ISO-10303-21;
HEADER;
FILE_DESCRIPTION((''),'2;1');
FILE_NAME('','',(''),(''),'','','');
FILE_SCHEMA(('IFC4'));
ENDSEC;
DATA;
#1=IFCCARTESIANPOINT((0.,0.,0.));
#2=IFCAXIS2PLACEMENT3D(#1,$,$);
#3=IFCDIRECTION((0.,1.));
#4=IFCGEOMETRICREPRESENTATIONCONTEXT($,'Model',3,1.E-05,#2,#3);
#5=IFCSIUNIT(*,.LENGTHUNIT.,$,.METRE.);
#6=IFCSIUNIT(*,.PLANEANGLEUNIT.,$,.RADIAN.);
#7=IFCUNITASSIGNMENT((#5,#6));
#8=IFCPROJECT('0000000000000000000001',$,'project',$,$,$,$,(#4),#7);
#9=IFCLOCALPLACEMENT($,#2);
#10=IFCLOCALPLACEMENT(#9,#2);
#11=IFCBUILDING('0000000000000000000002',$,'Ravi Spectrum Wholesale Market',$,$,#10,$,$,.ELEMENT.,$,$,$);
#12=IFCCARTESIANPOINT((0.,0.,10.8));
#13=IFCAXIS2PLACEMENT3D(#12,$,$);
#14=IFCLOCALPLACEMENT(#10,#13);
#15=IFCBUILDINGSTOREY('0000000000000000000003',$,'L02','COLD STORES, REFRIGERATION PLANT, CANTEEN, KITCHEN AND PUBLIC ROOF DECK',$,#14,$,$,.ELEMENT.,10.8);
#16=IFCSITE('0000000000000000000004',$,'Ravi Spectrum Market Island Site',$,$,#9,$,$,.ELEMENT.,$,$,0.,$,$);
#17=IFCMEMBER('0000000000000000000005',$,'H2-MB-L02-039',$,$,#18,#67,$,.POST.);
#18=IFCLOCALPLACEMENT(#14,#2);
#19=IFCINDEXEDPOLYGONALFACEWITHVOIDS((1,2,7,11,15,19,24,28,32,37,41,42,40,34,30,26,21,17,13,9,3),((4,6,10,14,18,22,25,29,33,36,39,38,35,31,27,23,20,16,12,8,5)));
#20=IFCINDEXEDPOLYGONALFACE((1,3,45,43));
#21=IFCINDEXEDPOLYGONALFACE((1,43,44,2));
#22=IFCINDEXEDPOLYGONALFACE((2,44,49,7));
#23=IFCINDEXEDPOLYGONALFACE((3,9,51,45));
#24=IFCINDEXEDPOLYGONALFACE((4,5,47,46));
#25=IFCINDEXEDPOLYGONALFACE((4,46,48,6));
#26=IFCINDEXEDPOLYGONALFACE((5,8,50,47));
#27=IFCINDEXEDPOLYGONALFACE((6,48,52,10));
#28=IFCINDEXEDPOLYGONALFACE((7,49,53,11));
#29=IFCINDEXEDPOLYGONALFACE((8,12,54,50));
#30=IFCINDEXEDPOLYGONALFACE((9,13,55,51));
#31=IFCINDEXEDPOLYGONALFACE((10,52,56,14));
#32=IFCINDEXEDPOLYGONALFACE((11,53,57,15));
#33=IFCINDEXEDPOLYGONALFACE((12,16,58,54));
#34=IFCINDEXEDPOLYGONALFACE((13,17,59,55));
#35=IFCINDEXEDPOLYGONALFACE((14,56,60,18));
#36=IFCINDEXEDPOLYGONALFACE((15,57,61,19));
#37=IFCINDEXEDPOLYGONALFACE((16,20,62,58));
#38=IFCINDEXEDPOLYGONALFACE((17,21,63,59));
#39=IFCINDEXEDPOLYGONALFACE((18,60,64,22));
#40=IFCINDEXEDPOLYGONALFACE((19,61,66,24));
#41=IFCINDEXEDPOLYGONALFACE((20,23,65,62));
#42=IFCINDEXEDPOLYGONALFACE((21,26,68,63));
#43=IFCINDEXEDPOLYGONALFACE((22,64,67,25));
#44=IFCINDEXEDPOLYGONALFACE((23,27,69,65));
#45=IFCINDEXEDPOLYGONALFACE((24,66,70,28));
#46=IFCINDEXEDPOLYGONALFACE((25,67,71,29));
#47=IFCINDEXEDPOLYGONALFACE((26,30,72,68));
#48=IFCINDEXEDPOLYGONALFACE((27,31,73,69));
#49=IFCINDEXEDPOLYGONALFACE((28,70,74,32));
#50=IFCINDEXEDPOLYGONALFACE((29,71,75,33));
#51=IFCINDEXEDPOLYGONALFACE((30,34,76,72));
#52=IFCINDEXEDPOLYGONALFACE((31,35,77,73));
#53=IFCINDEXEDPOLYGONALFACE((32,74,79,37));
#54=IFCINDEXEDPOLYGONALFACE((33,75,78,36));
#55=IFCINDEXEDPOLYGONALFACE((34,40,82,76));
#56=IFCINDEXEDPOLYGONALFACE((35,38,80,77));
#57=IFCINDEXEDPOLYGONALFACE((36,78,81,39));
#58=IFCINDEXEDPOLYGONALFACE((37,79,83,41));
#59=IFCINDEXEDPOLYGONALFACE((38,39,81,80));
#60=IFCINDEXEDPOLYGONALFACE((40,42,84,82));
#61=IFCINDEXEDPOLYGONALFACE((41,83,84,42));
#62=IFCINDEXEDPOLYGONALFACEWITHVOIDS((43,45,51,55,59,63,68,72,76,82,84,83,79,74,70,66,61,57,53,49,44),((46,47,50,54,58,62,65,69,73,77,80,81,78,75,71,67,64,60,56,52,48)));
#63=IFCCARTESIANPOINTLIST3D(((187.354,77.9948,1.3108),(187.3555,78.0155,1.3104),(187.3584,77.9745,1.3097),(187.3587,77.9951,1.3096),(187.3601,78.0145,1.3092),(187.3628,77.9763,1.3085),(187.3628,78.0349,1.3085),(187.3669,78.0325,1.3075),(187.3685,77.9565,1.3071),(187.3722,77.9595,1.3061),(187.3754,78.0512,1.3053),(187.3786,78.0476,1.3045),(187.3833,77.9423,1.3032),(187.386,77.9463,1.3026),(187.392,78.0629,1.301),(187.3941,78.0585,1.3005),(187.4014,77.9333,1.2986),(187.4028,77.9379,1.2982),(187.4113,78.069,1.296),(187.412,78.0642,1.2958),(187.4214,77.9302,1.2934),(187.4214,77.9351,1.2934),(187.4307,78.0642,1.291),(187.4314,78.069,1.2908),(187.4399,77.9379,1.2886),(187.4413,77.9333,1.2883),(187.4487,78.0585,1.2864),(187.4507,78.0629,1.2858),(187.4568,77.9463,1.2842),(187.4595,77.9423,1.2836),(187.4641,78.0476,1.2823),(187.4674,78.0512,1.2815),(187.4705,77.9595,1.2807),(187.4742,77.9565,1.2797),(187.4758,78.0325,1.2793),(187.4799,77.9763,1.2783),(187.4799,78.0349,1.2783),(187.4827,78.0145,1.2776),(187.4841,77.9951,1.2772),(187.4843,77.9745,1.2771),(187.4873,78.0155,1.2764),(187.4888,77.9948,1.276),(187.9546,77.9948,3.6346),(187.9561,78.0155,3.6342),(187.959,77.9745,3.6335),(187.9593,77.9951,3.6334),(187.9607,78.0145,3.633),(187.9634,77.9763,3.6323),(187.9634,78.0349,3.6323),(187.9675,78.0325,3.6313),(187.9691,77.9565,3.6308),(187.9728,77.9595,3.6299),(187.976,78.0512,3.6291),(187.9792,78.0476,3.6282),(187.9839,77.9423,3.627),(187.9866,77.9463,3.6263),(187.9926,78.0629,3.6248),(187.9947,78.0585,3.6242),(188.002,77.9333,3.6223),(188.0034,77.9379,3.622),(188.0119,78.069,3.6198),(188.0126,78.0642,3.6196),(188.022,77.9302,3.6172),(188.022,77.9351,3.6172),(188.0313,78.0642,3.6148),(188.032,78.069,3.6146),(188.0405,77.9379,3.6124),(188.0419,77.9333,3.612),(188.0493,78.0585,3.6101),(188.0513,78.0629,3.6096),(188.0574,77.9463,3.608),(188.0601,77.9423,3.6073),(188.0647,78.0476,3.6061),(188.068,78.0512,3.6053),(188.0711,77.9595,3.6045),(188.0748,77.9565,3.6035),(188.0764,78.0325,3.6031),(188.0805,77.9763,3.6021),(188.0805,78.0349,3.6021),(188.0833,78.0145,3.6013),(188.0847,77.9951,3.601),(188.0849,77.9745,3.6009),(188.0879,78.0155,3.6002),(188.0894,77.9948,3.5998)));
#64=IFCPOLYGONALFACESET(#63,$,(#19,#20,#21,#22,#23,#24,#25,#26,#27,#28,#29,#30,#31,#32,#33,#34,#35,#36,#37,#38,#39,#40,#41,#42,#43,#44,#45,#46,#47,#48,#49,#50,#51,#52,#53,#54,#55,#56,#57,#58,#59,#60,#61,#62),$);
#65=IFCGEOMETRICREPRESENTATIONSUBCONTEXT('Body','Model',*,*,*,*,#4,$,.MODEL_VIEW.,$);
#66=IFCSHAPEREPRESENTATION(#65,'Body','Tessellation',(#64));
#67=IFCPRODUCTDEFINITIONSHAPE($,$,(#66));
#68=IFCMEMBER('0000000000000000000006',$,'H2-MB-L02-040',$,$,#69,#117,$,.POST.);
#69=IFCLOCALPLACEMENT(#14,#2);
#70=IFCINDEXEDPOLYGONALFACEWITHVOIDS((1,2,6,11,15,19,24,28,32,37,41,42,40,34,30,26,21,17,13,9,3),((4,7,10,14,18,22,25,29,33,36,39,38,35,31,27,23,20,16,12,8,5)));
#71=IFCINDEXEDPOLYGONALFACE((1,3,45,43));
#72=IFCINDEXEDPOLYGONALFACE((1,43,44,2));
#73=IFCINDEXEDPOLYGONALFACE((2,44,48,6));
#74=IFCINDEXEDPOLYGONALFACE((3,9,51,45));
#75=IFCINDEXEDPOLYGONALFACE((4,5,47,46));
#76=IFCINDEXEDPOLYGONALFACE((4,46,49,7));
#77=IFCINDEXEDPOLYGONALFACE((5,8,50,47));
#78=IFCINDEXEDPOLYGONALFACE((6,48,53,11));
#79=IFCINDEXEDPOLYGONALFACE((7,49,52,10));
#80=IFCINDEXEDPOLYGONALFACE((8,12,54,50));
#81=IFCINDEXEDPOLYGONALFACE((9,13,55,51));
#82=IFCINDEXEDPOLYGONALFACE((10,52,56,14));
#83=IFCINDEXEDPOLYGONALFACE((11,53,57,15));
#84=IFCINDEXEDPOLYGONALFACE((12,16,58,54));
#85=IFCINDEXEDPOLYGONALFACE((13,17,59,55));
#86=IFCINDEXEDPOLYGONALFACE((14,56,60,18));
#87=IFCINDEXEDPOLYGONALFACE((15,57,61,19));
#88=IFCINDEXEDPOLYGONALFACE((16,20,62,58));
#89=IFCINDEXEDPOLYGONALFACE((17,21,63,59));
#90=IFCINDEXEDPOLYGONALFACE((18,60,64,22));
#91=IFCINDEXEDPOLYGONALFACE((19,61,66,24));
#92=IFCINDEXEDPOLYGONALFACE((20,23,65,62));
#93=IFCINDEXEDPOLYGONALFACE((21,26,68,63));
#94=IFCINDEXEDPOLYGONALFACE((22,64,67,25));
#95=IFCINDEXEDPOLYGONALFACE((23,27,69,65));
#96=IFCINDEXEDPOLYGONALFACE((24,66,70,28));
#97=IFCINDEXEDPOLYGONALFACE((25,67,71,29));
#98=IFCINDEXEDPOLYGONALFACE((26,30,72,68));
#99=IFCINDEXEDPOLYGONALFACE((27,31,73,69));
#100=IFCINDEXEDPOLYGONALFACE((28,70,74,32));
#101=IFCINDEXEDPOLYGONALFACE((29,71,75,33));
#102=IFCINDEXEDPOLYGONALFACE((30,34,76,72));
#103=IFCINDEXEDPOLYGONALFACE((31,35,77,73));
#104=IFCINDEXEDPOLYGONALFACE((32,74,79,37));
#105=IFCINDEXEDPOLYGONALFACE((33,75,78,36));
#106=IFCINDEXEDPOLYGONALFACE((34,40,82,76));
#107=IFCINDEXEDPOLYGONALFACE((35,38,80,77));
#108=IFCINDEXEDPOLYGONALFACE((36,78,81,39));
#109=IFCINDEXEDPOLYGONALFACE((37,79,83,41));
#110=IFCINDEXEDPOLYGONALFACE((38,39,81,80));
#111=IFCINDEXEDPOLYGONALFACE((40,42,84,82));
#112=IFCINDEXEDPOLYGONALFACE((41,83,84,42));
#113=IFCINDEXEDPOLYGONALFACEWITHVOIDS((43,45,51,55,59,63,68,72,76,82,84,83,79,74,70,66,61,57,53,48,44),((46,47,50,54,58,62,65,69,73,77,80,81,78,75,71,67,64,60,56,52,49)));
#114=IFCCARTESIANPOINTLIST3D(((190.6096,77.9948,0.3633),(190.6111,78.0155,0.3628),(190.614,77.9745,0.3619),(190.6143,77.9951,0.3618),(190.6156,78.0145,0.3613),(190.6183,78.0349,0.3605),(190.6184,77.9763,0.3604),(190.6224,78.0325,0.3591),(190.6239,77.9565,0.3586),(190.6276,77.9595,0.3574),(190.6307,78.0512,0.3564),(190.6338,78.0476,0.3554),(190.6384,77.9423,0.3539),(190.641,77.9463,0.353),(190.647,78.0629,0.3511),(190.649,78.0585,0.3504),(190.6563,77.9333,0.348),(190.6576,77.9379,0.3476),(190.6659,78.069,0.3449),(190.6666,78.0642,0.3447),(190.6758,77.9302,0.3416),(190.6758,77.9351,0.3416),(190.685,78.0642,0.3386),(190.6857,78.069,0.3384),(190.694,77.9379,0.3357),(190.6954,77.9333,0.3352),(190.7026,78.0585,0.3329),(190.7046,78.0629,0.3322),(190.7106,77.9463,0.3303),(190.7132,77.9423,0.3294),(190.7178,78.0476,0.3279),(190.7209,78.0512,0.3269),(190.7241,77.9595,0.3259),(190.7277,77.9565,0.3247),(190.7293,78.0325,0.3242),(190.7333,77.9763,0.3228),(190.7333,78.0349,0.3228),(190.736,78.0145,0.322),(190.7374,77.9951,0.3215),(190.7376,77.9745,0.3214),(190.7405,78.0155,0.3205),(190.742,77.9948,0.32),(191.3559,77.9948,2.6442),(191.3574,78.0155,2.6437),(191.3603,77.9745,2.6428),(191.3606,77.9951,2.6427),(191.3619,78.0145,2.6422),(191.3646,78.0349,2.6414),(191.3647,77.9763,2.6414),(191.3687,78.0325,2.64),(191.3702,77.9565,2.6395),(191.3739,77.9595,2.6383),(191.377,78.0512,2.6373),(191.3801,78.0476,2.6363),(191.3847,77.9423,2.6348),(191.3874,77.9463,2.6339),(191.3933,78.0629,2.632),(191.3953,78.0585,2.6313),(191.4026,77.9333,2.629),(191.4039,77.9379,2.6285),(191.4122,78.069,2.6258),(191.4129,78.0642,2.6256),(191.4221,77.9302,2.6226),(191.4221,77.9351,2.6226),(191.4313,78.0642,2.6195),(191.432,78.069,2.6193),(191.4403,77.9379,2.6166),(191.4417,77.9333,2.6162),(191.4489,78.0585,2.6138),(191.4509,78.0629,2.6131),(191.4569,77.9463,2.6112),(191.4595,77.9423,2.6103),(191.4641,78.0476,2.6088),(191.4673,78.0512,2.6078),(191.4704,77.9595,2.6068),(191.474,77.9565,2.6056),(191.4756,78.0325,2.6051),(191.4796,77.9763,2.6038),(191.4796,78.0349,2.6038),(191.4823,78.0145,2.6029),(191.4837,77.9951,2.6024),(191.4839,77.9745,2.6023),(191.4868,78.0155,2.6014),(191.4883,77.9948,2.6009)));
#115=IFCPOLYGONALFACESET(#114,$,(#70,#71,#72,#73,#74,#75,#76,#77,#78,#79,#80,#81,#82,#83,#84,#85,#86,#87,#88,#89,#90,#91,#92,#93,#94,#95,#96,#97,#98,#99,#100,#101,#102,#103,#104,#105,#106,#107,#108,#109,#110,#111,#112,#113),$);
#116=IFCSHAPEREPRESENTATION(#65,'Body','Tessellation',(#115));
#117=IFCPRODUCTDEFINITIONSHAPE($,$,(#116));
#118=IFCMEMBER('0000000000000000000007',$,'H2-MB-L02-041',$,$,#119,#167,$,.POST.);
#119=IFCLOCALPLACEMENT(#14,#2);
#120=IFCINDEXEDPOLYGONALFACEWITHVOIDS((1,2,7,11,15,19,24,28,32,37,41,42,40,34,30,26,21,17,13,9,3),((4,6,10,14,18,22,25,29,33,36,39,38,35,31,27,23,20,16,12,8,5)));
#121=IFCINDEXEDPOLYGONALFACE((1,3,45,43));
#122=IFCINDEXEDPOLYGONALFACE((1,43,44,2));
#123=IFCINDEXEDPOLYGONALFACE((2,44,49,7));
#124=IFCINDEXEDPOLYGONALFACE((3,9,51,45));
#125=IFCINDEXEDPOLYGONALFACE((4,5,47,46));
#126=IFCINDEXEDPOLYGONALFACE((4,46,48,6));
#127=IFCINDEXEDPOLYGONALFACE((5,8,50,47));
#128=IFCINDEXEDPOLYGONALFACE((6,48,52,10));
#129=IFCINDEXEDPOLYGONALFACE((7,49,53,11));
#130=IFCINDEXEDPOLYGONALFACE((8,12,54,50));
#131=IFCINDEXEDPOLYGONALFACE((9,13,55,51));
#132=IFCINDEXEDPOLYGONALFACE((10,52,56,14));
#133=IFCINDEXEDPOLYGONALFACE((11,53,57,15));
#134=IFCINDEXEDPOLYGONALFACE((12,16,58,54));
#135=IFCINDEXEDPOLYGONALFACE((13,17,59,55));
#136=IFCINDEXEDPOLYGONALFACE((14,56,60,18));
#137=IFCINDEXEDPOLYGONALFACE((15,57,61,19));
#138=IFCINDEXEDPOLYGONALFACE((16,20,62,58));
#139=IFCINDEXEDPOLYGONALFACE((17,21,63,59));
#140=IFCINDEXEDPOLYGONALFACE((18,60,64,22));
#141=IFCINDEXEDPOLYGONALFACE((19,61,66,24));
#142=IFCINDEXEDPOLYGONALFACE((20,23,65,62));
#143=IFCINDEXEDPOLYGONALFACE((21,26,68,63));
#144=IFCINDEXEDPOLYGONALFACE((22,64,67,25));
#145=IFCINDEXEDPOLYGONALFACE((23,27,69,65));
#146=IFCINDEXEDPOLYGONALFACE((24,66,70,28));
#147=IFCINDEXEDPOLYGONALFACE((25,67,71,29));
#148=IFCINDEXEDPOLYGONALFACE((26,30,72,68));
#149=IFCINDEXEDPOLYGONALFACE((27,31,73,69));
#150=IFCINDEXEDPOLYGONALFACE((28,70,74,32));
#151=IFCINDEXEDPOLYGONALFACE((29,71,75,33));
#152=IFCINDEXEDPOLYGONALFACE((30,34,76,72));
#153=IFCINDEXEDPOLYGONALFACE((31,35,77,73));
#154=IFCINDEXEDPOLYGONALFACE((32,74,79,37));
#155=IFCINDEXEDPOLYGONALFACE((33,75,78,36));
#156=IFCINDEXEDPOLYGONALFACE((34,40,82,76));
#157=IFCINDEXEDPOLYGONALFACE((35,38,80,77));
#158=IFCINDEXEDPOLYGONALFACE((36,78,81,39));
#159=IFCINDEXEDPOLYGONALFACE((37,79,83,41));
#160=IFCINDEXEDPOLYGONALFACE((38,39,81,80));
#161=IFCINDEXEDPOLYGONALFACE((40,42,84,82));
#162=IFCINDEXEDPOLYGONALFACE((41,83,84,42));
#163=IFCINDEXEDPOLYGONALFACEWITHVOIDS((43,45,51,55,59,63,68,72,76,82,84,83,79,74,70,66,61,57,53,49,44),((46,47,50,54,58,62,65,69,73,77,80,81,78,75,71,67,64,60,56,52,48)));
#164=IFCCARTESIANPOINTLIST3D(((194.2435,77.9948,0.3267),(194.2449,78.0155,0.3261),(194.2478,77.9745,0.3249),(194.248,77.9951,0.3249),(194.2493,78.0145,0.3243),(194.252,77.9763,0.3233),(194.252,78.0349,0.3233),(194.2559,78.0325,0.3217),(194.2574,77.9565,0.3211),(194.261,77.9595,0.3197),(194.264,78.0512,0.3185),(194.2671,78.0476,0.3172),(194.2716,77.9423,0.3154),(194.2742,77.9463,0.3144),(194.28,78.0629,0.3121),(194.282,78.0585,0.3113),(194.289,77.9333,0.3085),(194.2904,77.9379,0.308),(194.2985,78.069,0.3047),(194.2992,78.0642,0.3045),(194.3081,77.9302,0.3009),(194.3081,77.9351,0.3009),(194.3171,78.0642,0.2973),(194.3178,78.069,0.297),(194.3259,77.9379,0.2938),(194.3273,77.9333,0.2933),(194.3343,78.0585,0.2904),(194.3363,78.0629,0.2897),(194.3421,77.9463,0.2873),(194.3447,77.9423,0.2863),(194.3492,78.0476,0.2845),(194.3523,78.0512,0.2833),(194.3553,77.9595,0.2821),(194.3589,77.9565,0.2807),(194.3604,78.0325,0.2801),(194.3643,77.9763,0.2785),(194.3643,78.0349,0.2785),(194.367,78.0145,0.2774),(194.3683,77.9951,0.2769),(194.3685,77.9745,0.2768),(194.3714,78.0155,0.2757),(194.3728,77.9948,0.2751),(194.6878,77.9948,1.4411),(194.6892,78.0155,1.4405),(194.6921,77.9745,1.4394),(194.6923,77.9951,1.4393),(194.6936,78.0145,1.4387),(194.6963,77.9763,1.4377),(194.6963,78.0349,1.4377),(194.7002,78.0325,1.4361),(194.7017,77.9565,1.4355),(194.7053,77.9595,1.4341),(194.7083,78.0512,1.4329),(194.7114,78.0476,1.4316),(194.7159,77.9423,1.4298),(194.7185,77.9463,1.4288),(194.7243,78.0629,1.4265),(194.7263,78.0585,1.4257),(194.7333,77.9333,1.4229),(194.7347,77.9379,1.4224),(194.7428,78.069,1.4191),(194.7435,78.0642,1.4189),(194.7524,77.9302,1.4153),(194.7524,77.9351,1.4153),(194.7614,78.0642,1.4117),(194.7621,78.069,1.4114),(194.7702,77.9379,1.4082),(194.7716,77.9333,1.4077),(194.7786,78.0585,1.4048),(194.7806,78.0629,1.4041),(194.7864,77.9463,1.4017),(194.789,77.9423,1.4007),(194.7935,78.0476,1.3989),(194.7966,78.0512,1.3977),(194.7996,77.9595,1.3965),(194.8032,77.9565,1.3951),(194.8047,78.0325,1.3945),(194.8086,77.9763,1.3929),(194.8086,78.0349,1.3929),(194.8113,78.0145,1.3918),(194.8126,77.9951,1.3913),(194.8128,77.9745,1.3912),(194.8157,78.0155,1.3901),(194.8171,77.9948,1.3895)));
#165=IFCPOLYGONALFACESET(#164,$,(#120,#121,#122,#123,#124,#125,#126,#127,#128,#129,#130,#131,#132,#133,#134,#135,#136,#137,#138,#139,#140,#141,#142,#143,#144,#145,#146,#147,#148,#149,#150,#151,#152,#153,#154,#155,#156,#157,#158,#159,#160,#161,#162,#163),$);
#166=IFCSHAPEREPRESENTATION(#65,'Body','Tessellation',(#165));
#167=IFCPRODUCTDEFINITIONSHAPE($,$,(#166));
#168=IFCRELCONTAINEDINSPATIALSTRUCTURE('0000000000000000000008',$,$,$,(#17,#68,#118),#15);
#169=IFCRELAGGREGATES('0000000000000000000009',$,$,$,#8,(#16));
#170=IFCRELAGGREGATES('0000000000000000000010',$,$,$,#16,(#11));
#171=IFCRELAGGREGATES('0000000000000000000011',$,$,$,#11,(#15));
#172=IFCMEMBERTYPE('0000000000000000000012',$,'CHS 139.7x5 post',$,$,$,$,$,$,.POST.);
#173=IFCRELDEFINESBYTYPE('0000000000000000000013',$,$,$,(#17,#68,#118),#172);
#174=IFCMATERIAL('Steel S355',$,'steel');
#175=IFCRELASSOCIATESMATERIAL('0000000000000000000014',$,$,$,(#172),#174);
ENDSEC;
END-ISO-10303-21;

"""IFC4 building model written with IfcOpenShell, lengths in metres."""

from ifc_helpers import new_model, si_unit, direction, frame, origin, origin_2d, place, context, subcontext, project, spatial, hollow_circle, extrude, material, material_profile, profile_set, type_object, element, save


model = new_model("IFC4")

# Units and contexts
model_context = context("Model", 3, precision=1e-05, world=origin(), true_north=direction((0.0, 1.0)))
body_context = subcontext(model_context, "Body", "Model", "MODEL_VIEW")
ifc_project = project(units=[si_unit("LENGTHUNIT", "METRE"), si_unit("PLANEANGLEUNIT", "RADIAN")], contexts=[model_context])

# Site, building, storey
site_placement = place(None, origin())
site = spatial("IfcSite", under=ifc_project, at=site_placement, Name="Ravi Spectrum Market Island Site", CompositionType="ELEMENT", RefElevation=0.0)
building_placement = place(site_placement, origin())
building = spatial("IfcBuilding", under=site, at=building_placement, Name="Ravi Spectrum Wholesale Market", CompositionType="ELEMENT")
storey_placement = place(building_placement, frame((0.0, 0.0, 10.8)))
storey = spatial("IfcBuildingStorey", under=building, at=storey_placement, Name="L02", Description="COLD STORES, REFRIGERATION PLANT, CANTEEN, KITCHEN AND PUBLIC ROOF DECK", CompositionType="ELEMENT", Elevation=10.8)

# Members
ifc_material_1 = material(Name="Steel S355", Category="steel")
ifc_material_profile_1 = material_profile(ifc_material_1, hollow_circle(Radius=0.0698, WallThickness=0.0049, at=origin_2d()))
ifc_profile_set_1 = profile_set([ifc_material_profile_1], Name="Steel S355")
member_type_1 = type_object("IfcMemberType", Name="CHS 139.7x5 post", PredefinedType="POST", material=ifc_profile_set_1)
member_1_placement = place(storey_placement, frame((188.022, 78.0, 3.6172), z_axis=(-0.250235, 0.0, -0.968185), x_axis=(0.0, -1.0, 0.0)))
element("IfcMember", 1, at=member_1_placement, inside=storey, type_object=member_type_1, Name="H2-MB-L02-039", PredefinedType="POST", context=body_context, shape_type="SweptSolid", body=[
    extrude(hollow_circle(Radius=0.0698, WallThickness=0.0049, at=origin_2d()), origin(), (0.0, 0.0, 1.0), 2.4001),
])
member_2_placement = place(storey_placement, frame((191.4221, 78.0, 2.6226), z_axis=(-0.310974, 0.0, -0.950418), x_axis=(0.0, -1.0, 0.0)))
element("IfcMember", 2, at=member_2_placement, inside=storey, type_object=member_type_1, Name="H2-MB-L02-040", PredefinedType="POST", context=body_context, shape_type="SweptSolid", body=[
    extrude(hollow_circle(Radius=0.0698, WallThickness=0.0049, at=origin_2d()), origin(), (0.0, 0.0, 1.0), 2.3999),
])
member_3_placement = place(storey_placement, frame((194.7524, 78.0, 1.4153), z_axis=(-0.370338, 0.0, -0.928897), x_axis=(0.0, -1.0, 0.0)))
element("IfcMember", 3, at=member_3_placement, inside=storey, type_object=member_type_1, Name="H2-MB-L02-041", PredefinedType="POST", context=body_context, shape_type="SweptSolid", body=[
    extrude(hollow_circle(Radius=0.0698, WallThickness=0.0049, at=origin_2d()), origin(), (0.0, 0.0, 1.0), 1.1997),
])

save(model, "model.ifc")
